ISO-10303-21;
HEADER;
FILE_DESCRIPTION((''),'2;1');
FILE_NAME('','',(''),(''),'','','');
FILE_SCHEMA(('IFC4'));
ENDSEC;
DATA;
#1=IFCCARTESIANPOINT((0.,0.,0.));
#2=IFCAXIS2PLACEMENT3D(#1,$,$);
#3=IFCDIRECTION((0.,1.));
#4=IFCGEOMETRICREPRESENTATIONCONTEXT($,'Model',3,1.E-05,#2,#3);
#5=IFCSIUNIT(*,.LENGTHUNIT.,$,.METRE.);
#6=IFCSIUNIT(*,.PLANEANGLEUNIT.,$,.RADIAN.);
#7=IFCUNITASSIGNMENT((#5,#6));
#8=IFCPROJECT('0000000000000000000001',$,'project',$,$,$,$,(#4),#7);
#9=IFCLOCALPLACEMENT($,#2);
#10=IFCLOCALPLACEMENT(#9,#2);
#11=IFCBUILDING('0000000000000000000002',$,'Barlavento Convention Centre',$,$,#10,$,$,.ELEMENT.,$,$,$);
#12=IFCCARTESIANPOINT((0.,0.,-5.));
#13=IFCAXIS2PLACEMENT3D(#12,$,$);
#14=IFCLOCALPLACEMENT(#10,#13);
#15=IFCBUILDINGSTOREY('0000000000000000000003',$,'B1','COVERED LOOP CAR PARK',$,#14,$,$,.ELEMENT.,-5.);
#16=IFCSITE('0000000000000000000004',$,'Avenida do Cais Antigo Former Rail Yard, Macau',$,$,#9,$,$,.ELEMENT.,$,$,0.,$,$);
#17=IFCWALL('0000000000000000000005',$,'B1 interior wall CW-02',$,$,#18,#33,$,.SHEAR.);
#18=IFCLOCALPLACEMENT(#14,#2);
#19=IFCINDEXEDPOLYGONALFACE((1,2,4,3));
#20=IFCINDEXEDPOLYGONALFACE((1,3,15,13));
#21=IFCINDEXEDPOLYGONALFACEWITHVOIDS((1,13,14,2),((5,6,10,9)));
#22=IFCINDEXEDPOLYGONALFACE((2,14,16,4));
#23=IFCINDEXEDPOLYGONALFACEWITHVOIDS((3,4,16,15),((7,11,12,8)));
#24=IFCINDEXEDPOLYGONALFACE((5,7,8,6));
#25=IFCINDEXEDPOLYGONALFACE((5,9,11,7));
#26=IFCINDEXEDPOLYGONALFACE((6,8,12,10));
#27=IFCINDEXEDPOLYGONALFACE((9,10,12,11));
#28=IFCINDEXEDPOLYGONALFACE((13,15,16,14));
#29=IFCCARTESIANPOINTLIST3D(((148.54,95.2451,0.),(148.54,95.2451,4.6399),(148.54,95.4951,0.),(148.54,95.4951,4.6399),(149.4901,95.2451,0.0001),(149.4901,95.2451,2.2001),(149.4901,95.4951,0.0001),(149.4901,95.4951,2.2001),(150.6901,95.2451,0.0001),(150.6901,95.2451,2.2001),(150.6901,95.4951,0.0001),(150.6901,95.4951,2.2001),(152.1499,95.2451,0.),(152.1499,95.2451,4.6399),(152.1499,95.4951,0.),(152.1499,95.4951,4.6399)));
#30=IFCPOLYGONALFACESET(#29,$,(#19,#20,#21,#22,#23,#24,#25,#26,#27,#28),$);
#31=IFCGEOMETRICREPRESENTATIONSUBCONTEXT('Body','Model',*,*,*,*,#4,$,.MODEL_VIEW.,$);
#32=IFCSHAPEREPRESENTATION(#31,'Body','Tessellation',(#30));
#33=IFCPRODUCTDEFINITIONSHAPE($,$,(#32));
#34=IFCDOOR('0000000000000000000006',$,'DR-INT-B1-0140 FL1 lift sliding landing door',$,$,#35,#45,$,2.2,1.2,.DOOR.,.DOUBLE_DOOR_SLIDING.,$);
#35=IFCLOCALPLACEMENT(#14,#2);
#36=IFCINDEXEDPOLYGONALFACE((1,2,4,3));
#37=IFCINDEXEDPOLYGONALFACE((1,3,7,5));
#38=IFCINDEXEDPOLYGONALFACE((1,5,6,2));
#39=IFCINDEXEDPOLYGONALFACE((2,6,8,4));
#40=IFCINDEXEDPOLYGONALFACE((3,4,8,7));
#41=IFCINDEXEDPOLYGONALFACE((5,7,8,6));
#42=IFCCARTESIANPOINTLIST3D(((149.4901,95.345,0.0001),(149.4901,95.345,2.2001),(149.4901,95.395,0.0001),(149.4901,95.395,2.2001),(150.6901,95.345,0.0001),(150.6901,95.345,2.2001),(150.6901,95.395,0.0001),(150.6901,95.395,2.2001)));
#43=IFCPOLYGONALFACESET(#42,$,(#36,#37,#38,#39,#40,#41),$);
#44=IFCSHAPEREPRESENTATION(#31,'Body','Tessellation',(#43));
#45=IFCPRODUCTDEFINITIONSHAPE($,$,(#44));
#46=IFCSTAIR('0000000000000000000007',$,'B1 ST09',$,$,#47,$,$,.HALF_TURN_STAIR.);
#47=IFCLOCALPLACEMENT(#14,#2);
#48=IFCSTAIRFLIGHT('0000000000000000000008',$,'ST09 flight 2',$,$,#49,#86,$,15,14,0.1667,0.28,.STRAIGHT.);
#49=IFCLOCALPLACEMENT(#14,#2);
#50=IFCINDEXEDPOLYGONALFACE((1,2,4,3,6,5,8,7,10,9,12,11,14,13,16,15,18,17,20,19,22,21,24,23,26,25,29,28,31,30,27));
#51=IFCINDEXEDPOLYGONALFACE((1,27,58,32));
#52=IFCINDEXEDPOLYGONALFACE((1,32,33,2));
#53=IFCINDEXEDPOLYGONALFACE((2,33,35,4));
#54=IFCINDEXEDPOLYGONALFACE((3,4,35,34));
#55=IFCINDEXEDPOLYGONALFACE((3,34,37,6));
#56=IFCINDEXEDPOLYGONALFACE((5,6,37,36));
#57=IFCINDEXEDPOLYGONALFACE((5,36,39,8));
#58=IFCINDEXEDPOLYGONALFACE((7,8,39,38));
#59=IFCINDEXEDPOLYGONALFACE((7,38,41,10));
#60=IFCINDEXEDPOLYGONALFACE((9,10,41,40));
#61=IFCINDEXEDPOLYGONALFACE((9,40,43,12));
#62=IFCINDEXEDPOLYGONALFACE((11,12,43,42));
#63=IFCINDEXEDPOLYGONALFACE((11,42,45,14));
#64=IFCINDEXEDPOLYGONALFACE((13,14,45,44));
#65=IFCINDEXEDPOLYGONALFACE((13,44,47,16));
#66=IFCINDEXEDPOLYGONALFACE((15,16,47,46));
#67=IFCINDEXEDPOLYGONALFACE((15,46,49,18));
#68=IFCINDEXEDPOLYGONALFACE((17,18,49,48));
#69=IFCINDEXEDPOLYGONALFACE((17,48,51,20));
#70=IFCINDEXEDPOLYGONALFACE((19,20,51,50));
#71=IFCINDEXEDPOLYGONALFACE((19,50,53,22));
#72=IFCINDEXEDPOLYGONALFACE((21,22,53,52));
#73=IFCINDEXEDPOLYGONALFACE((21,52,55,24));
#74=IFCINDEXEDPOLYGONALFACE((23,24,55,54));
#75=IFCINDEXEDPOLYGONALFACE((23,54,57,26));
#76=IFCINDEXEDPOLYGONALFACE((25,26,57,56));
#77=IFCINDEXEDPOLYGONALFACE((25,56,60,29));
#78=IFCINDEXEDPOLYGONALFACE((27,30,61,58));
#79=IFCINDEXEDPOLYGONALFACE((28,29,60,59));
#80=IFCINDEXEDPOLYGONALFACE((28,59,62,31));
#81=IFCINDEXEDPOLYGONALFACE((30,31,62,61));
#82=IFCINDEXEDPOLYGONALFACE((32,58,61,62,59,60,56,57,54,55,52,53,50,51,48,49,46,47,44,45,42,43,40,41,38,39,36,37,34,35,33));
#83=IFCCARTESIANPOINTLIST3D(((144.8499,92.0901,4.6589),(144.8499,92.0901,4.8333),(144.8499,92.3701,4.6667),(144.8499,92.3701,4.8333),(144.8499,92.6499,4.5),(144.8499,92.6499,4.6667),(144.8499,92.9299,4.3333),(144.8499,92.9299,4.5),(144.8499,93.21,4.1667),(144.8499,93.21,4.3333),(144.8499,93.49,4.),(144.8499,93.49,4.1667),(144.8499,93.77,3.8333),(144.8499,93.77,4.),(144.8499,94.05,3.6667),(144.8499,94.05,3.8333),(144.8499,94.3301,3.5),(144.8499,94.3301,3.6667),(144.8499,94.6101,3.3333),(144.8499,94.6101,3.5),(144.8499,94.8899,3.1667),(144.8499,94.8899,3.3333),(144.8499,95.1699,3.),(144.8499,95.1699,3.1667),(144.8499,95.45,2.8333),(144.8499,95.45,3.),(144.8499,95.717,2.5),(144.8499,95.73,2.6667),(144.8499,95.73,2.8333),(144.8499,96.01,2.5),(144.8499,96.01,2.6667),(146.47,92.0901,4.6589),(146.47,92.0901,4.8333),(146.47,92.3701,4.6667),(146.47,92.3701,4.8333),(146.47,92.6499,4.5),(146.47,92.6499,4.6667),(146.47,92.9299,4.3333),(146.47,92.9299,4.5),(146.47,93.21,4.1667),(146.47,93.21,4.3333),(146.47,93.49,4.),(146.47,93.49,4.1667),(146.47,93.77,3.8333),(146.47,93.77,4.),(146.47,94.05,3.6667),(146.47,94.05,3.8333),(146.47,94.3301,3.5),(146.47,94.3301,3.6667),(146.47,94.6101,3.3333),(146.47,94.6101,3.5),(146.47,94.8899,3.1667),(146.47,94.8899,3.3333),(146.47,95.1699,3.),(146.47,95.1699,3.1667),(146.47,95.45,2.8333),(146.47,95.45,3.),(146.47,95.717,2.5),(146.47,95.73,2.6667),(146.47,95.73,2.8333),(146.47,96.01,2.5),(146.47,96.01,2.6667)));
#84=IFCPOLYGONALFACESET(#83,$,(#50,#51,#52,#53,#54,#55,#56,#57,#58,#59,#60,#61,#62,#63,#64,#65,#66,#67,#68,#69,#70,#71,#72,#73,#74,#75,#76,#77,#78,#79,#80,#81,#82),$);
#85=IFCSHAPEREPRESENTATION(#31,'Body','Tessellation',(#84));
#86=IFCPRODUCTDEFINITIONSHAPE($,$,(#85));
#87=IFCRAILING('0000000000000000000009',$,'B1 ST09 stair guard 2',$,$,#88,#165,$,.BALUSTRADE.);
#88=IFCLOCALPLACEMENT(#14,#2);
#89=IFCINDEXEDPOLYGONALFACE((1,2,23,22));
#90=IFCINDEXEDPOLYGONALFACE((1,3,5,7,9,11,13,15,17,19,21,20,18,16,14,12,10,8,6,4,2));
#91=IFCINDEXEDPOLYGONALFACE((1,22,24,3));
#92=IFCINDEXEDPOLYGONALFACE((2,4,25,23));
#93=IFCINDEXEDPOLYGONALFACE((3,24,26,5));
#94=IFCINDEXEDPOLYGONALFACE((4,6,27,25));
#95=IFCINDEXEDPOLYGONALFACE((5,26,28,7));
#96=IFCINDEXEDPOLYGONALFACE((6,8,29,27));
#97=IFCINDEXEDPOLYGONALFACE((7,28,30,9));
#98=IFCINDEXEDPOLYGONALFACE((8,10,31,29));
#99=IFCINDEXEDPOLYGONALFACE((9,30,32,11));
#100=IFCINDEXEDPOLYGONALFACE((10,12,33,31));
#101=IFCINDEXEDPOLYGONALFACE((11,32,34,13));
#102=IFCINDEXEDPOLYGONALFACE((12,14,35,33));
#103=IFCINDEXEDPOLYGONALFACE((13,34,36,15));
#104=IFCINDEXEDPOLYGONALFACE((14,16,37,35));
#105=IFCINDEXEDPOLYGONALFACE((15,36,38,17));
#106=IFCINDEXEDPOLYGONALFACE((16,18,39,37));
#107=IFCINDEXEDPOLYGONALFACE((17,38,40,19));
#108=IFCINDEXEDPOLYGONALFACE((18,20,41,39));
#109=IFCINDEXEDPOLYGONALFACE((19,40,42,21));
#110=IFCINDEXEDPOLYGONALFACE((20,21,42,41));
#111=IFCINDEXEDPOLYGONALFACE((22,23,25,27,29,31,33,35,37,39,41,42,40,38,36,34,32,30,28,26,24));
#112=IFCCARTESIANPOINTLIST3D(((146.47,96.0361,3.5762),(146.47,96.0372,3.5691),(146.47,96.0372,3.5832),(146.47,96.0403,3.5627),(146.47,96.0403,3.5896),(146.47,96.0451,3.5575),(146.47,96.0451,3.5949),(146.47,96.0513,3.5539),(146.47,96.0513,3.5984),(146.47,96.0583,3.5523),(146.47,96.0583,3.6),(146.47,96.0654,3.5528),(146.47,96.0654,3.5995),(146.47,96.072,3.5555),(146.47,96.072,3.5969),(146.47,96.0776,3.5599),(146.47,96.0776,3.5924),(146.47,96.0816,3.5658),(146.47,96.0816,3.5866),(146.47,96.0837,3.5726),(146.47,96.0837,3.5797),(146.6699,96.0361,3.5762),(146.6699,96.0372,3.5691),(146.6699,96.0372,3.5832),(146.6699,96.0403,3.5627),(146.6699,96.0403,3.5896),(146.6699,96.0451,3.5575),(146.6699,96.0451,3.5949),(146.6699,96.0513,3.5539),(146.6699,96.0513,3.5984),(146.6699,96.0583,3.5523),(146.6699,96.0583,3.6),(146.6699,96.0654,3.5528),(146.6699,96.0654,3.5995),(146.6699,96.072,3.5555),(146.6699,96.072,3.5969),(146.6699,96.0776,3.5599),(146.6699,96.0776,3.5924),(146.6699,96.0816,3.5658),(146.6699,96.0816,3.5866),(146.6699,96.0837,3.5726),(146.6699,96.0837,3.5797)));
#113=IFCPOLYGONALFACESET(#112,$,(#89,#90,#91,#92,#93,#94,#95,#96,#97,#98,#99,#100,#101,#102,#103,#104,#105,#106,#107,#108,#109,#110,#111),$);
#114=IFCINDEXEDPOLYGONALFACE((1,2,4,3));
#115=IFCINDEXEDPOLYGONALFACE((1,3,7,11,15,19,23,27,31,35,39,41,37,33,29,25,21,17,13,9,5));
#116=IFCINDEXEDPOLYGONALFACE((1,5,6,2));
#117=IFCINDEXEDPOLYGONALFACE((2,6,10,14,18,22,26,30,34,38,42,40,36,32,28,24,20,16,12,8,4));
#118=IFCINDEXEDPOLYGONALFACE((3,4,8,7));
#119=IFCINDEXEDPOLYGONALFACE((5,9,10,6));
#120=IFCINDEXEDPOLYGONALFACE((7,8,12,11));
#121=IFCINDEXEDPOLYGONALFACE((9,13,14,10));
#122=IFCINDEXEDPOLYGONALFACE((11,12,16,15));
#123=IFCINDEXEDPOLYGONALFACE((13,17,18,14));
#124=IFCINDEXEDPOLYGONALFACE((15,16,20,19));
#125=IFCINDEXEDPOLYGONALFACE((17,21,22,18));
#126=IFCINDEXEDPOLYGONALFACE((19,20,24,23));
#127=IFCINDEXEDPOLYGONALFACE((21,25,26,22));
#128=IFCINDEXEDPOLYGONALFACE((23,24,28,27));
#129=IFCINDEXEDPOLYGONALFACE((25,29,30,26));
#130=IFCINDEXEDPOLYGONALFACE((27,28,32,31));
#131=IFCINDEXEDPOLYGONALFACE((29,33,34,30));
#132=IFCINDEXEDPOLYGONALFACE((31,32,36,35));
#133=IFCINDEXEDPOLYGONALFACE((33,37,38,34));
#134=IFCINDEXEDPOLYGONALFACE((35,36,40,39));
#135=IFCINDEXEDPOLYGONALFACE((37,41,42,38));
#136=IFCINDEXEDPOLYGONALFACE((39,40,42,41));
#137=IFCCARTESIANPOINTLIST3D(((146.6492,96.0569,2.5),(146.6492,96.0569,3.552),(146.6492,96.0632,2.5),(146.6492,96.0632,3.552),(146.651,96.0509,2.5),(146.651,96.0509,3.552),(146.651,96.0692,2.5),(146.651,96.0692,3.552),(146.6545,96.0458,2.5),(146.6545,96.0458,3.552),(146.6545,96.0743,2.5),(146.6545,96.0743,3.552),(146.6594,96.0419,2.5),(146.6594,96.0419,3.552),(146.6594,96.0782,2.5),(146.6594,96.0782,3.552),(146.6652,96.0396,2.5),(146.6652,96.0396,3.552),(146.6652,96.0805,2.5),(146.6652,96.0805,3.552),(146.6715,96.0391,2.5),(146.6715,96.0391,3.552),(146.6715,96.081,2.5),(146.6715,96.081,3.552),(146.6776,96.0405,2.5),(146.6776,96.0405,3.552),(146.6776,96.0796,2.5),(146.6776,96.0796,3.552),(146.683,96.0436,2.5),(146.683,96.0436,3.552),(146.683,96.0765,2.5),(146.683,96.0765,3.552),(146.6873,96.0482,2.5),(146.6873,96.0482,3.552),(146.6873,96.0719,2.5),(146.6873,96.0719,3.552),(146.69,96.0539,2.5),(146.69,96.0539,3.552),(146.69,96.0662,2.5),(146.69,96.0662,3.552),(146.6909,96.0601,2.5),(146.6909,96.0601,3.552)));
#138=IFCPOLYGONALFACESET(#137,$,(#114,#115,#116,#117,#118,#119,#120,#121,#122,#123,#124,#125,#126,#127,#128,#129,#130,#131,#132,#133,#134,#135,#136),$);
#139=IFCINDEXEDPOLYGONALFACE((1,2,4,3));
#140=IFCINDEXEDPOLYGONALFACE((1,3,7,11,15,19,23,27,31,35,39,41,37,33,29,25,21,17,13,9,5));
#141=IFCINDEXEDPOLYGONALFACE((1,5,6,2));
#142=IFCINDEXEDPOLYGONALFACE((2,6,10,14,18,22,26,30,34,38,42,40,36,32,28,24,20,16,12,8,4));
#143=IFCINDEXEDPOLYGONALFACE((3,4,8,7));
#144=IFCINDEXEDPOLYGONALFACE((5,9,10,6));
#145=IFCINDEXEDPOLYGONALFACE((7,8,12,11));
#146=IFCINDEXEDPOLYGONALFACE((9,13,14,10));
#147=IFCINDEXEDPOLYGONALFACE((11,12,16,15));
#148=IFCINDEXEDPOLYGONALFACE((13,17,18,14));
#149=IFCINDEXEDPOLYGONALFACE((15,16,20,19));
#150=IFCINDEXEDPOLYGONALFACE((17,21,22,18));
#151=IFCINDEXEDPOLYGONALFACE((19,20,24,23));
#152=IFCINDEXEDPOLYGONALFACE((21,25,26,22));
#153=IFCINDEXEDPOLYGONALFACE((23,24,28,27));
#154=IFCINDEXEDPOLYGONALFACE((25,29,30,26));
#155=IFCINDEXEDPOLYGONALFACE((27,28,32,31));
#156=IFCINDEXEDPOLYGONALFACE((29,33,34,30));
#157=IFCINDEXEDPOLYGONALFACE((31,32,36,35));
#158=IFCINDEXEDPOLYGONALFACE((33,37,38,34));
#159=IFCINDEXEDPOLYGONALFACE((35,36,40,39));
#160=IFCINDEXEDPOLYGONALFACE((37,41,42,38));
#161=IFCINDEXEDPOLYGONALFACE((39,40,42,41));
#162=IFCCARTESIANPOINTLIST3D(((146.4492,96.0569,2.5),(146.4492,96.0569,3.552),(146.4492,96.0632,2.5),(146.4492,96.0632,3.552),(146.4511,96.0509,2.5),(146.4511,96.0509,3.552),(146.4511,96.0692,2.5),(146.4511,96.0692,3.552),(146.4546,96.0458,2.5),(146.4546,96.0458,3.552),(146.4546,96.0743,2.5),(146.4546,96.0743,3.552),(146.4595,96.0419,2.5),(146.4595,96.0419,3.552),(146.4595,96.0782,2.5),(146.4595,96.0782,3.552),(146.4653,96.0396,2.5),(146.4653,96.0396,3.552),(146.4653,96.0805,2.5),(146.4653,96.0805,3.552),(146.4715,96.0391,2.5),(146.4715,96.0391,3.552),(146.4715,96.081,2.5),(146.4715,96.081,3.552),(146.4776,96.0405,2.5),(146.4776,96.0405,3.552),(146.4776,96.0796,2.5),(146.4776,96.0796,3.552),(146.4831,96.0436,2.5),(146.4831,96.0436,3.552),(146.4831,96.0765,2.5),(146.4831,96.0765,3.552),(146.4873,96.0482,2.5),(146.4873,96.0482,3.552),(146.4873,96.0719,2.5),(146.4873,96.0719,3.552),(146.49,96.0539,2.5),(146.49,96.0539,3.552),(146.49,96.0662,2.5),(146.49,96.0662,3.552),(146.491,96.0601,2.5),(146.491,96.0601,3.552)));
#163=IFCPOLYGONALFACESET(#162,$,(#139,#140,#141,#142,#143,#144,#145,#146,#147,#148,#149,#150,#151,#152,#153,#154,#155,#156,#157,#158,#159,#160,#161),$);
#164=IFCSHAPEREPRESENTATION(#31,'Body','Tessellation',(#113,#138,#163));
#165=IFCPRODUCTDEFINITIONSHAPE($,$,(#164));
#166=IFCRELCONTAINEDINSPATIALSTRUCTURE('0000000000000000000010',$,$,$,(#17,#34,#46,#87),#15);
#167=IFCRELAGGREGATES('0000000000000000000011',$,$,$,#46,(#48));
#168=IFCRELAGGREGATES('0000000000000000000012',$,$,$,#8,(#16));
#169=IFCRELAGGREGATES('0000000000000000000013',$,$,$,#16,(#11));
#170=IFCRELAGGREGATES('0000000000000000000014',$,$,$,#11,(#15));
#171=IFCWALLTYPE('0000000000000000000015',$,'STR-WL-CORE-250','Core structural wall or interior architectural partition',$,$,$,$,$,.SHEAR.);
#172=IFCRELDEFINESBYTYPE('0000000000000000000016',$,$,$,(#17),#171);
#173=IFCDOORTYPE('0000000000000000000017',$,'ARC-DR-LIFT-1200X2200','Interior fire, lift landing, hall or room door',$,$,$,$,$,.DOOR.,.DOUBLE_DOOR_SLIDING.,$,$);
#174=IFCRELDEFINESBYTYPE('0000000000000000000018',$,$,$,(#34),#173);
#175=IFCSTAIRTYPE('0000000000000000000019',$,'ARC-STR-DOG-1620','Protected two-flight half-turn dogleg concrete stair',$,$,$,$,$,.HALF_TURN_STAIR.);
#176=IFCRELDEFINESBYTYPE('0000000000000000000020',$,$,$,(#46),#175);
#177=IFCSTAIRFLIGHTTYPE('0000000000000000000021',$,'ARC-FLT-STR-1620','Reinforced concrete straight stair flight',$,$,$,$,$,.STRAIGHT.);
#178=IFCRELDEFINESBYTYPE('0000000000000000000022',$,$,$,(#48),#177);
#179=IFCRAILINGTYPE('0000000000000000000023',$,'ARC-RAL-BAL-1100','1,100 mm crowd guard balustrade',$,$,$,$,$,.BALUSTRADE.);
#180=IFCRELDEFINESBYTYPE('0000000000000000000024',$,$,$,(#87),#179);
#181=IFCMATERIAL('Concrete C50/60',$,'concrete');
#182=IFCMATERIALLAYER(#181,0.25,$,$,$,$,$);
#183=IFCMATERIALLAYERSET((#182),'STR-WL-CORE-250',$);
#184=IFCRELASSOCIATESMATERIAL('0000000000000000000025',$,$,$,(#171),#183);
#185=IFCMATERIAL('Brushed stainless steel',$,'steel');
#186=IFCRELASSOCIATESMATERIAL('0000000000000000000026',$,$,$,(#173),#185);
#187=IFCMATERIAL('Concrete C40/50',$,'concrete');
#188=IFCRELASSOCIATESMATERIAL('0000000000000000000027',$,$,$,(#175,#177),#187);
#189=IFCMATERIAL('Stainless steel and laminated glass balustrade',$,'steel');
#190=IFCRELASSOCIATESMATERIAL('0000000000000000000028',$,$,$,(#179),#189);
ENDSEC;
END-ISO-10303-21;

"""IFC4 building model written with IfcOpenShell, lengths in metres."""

from ifc_helpers import new_model, si_unit, direction, frame, frame_2d, origin, origin_2d, place, context, subcontext, project, spatial, polyline, rectangle, circle, outline, extrude, material, layer, layer_set, type_object, element, fill, aggregate, save


model = new_model("IFC4")

# Units and contexts
model_context = context("Model", 3, precision=1e-05, world=origin(), true_north=direction((0.0, 1.0)))
body_context = subcontext(model_context, "Body", "Model", "MODEL_VIEW")
ifc_project = project(units=[si_unit("LENGTHUNIT", "METRE"), si_unit("PLANEANGLEUNIT", "RADIAN")], contexts=[model_context])

# Site, building, storey
site_placement = place(None, origin())
site = spatial("IfcSite", under=ifc_project, at=site_placement, Name="Avenida do Cais Antigo Former Rail Yard, Macau", CompositionType="ELEMENT", RefElevation=0.0)
building_placement = place(site_placement, origin())
building = spatial("IfcBuilding", under=site, at=building_placement, Name="Barlavento Convention Centre", CompositionType="ELEMENT")
storey_placement = place(building_placement, frame((0.0, 0.0, -5.0)))
storey = spatial("IfcBuildingStorey", under=building, at=storey_placement, Name="B1", Description="COVERED LOOP CAR PARK", CompositionType="ELEMENT", Elevation=-5.0)

# Shared definitions
ifc_material_1 = material(Name="Concrete C40/50", Category="concrete")

# Shared definitions
ifc_material_2 = material(Name="Concrete C50/60", Category="concrete")

# Shared definitions
ifc_layer = layer(ifc_material_2, 0.25)
ifc_layer_set = layer_set([ifc_layer], Name="STR-WL-CORE-250")
wall_type = type_object("IfcWallType", Name="STR-WL-CORE-250", Description="Core structural wall or interior architectural partition", PredefinedType="SHEAR", material=ifc_layer_set)

# Wall, opening, door
wall_1_placement = place(storey_placement, frame((148.54, 95.3701, 0.0), z_axis=(0.0, 0.0, 1.0), x_axis=(1.0, 0.0, 0.0)))
wall_1 = element("IfcWall", 1, at=wall_1_placement, inside=storey, type_object=wall_type, Name="B1 interior wall CW-02", PredefinedType="SHEAR", context=body_context, shape_type="SweptSolid", body=[
    extrude(rectangle(XDim=3.6099, YDim=0.25, at=frame_2d((1.8049, 0.0))), origin(), (0.0, 0.0, 1.0), 4.6399),
])
opening_placement = place(wall_1_placement, frame((0.95, 0.0, 0.0)))
opening = element("IfcOpeningElement", 2, at=opening_placement, cuts=wall_1, PredefinedType="OPENING", context=body_context, shape_type="SweptSolid", body=[
    extrude(rectangle(XDim=1.2, YDim=2.2, at=frame_2d((0.6001, 1.1001))), frame((0.0, 0.135, 0.0), z_axis=(0.0, -1.0, 0.0), x_axis=(1.0, 0.0, 0.0)), (0.0, 0.0, 1.0), 0.27),
])
ifc_material_3 = material(Name="Brushed stainless steel", Category="steel")
door_type = type_object("IfcDoorType", Name="ARC-DR-LIFT-1200X2200", Description="Interior fire, lift landing, hall or room door", OperationType="DOUBLE_DOOR_SLIDING", PredefinedType="DOOR", material=ifc_material_3)
door_placement = place(opening_placement, origin())
door = element("IfcDoor", 3, at=door_placement, inside=storey, type_object=door_type, Name="DR-INT-B1-0140 FL1 lift sliding landing door", OperationType="DOUBLE_DOOR_SLIDING", OverallHeight=2.2, OverallWidth=1.2, PredefinedType="DOOR", context=body_context, shape_type="SweptSolid", body=[
    extrude(rectangle(XDim=1.2, YDim=2.2, at=frame_2d((0.6001, 1.1001))), frame((0.0, 0.0249, 0.0), z_axis=(0.0, -1.0, 0.0), x_axis=(1.0, 0.0, 0.0)), (0.0, 0.0, 1.0), 0.05),
])
fill(opening, door)

# Stair, stair flight
stair_type = type_object("IfcStairType", Name="ARC-STR-DOG-1620", Description="Protected two-flight half-turn dogleg concrete stair", PredefinedType="HALF_TURN_STAIR", material=ifc_material_1)
stair_placement = place(storey_placement, origin())
stair = element("IfcStair", 4, at=stair_placement, inside=storey, type_object=stair_type, Name="B1 ST09", PredefinedType="HALF_TURN_STAIR")
stair_flight_type = type_object("IfcStairFlightType", Name="ARC-FLT-STR-1620", Description="Reinforced concrete straight stair flight", PredefinedType="STRAIGHT", material=ifc_material_1)
stair_flight_placement = place(storey_placement, frame((145.6599, 96.01, 2.5), z_axis=(0.0, 0.0, 1.0), x_axis=(0.0, -1.0, 0.0)))
stair_flight = element("IfcStairFlight", 5, at=stair_flight_placement, type_object=stair_flight_type, Name="ST09 flight 2", NumberOfRisers=15, NumberOfTreads=14, PredefinedType="STRAIGHT", RiserHeight=0.1667, TreadLength=0.28, context=body_context, shape_type="SweptSolid", body=[
    extrude(outline(polyline([(0.0, 0.0), (0.0, 0.1667), (0.28, 0.1667), (0.28, 0.3333), (0.5601, 0.3333), (0.5601, 0.5), (0.8401, 0.5), (0.8401, 0.6667), (1.1201, 0.6667), (1.1201, 0.8333), (1.3999, 0.8333), (1.3999, 1.0), (1.6799, 1.0), (1.6799, 1.1667), (1.96, 1.1667), (1.96, 1.3333), (2.24, 1.3333), (2.24, 1.5), (2.52, 1.5), (2.52, 1.6667), (2.8, 1.6667), (2.8, 1.8333), (3.0801, 1.8333), (3.0801, 2.0), (3.3601, 2.0), (3.3601, 2.1667), (3.6399, 2.1667), (3.6399, 2.3333), (3.9199, 2.3333), (3.9199, 2.5), (3.9199, 2.1589), (0.293, 0.0), (0.0, 0.0)])), frame((0.0, 0.8101, 0.0), z_axis=(0.0, -1.0, 0.0), x_axis=(1.0, 0.0, 0.0)), (0.0, 0.0, 1.0), 1.6201),
])
aggregate(stair, [stair_flight])

# Railing
ifc_material_4 = material(Name="Stainless steel and laminated glass balustrade", Category="steel")
railing_type_1 = type_object("IfcRailingType", Name="ARC-RAL-BAL-1100", Description="1,100 mm crowd guard balustrade", PredefinedType="BALUSTRADE", material=ifc_material_4)
railing_1_placement = place(storey_placement, frame((146.6699, 96.0601, 2.5)))
element("IfcRailing", 6, at=railing_1_placement, inside=storey, type_object=railing_type_1, Name="B1 ST09 stair guard 2", PredefinedType="BALUSTRADE", context=body_context, shape_type="SweptSolid", body=[
    extrude(circle(Radius=0.0239, at=origin_2d()), frame((0.0, 0.0, 1.0762), z_axis=(-1.0, 0.0, 0.0), x_axis=(0.0, -1.0, 0.0)), (0.0, 0.0, 1.0), 0.2),
    extrude(circle(Radius=0.021, at=origin_2d()), origin(), (0.0, 0.0, 1.0), 1.052),
    extrude(circle(Radius=0.021, at=origin_2d()), frame((-0.2, 0.0, 0.0)), (0.0, 0.0, 1.0), 1.052),
])

save(model, "model.ifc")
